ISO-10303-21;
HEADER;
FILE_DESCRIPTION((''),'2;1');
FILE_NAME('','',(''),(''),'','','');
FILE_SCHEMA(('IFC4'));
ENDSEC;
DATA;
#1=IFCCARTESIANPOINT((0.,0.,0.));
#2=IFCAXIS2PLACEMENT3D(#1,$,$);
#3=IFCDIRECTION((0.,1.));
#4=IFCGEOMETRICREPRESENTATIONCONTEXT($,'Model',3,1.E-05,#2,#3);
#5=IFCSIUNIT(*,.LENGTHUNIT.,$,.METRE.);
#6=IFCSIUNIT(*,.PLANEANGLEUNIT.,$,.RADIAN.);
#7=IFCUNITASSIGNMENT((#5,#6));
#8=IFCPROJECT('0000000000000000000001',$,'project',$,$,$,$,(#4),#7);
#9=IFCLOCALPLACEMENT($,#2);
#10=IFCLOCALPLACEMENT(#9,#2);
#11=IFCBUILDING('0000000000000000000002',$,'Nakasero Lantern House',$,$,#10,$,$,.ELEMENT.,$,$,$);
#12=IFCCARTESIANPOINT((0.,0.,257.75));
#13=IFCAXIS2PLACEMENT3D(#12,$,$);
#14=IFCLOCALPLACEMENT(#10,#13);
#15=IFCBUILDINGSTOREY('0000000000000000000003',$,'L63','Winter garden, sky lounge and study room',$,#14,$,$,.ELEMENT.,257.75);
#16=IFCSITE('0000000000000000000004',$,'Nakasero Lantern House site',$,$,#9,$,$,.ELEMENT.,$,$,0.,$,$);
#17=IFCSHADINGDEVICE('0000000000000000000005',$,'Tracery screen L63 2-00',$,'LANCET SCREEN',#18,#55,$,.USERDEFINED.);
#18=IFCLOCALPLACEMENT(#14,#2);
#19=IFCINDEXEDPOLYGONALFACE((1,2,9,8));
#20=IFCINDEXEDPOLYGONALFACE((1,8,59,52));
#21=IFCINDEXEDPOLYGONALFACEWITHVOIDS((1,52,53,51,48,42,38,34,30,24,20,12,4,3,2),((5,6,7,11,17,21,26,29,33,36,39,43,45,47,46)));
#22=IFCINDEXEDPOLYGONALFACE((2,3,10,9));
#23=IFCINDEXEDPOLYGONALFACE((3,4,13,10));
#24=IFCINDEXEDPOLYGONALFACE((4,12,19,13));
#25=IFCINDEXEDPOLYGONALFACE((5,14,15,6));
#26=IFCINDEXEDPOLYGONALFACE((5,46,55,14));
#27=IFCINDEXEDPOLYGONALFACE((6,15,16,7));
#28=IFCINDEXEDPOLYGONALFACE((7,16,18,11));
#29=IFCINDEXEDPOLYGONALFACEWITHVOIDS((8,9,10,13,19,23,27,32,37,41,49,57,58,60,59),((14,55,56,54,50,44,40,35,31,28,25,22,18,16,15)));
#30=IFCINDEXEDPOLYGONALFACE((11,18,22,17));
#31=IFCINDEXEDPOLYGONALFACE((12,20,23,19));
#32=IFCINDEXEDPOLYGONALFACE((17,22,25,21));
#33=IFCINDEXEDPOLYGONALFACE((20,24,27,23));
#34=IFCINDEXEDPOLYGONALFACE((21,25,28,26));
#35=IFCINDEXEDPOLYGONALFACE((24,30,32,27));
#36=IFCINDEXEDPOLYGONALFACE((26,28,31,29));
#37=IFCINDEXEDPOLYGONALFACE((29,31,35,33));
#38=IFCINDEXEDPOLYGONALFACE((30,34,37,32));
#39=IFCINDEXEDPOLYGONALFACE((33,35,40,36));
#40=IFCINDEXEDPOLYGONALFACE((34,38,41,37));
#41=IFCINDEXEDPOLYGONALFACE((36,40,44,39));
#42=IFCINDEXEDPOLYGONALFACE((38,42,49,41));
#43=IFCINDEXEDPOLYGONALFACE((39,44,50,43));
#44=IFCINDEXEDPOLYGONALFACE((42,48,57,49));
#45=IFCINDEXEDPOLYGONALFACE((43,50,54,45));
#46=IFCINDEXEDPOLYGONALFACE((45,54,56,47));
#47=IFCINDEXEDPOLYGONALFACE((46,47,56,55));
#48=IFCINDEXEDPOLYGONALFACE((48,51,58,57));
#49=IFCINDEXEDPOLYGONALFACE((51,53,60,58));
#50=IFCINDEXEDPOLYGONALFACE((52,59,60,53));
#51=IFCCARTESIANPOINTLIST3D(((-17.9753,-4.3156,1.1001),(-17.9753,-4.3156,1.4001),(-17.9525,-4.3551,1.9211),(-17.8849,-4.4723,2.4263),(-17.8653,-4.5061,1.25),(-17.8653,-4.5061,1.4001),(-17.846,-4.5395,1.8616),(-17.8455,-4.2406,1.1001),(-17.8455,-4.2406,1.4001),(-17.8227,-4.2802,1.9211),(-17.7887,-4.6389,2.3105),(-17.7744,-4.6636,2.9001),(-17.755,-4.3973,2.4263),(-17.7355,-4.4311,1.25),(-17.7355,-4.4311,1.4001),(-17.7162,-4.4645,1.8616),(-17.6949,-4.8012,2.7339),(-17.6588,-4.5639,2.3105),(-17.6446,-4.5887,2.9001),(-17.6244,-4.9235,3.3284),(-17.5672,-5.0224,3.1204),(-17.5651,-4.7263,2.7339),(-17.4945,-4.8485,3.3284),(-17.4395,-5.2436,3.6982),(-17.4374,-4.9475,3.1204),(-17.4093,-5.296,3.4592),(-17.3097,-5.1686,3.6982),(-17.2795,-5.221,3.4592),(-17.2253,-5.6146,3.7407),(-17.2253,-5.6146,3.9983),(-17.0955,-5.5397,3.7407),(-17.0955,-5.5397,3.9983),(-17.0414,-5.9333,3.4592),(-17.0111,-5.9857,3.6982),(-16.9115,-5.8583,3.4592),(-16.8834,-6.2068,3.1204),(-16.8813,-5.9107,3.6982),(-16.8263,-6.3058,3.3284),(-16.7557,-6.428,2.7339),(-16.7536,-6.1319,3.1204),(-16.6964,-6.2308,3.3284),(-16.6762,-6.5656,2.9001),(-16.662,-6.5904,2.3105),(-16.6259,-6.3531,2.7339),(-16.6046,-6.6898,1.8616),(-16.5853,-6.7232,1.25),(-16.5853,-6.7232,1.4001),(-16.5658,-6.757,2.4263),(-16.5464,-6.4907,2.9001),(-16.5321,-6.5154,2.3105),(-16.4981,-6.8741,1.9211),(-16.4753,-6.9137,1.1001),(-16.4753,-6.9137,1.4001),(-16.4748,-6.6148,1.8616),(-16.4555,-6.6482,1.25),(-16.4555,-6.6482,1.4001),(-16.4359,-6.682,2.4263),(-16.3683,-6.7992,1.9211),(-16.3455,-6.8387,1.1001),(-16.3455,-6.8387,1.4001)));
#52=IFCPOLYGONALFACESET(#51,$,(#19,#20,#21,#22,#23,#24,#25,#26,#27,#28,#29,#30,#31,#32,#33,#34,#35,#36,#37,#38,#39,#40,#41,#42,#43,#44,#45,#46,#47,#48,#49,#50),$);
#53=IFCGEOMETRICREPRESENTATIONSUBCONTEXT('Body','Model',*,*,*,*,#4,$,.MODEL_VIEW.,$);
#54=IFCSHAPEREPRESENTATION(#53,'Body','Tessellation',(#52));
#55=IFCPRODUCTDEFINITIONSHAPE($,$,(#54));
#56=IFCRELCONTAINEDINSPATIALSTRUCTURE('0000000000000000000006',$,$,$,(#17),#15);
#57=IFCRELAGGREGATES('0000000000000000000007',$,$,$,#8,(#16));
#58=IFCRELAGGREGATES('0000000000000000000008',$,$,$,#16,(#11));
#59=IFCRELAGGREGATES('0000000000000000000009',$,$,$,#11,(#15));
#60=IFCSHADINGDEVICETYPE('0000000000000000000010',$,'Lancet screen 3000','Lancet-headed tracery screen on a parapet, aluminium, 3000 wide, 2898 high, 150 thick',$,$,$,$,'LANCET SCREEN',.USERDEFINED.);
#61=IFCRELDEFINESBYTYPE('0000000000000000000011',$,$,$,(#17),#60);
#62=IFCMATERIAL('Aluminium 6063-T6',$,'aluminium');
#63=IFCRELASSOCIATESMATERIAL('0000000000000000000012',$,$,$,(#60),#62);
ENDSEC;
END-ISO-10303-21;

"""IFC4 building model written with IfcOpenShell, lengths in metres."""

from ifc_helpers import new_model, si_unit, direction, frame, origin, place, context, subcontext, project, spatial, polyline, outline, extrude, material, type_object, element, save


model = new_model("IFC4")

# Units and contexts
model_context = context("Model", 3, precision=1e-05, world=origin(), true_north=direction((0.0, 1.0)))
body_context = subcontext(model_context, "Body", "Model", "MODEL_VIEW")
ifc_project = project(units=[si_unit("LENGTHUNIT", "METRE"), si_unit("PLANEANGLEUNIT", "RADIAN")], contexts=[model_context])

# Site, building, storey
site_placement = place(None, origin())
site = spatial("IfcSite", under=ifc_project, at=site_placement, Name="Nakasero Lantern House site", CompositionType="ELEMENT", RefElevation=0.0)
building_placement = place(site_placement, origin())
building = spatial("IfcBuilding", under=site, at=building_placement, Name="Nakasero Lantern House", CompositionType="ELEMENT")
storey_placement = place(building_placement, frame((0.0, 0.0, 257.75)))
storey = spatial("IfcBuildingStorey", under=building, at=storey_placement, Name="L63", Description="Winter garden, sky lounge and study room", CompositionType="ELEMENT", Elevation=257.75)

# Shading device
ifc_material_1 = material(Name="Aluminium 6063-T6", Category="aluminium")
shading_device_type = type_object("IfcShadingDeviceType", Name="Lancet screen 3000", Description="Lancet-headed tracery screen on a parapet, aluminium, 3000 wide, 2898 high, 150 thick", ElementType="LANCET SCREEN", PredefinedType="USERDEFINED", material=ifc_material_1)
shading_device_placement = place(storey_placement, frame((-17.1604, -5.5771, 1.1001), z_axis=(0.0, 0.0, 1.0), x_axis=(0.5, -0.866025, 0.0)))
element("IfcShadingDevice", 1, at=shading_device_placement, inside=storey, type_object=shading_device_type, Name="Tracery screen L63 2-00", ObjectType="LANCET SCREEN", PredefinedType="USERDEFINED", context=body_context, shape_type="SweptSolid", body=[
    extrude(outline(polyline([(-1.5, 0.0), (1.5, 0.0), (1.5, 0.3), (1.4543, 0.821), (1.3191, 1.3262), (1.0981, 1.8), (0.7981, 2.2283), (0.4285, 2.5981), (0.0, 2.8982), (-0.4285, 2.5981), (-0.7981, 2.2283), (-1.0981, 1.8), (-1.3191, 1.3262), (-1.4543, 0.821), (-1.5, 0.3), (-1.5, 0.0)]), holes=[polyline([(-1.28, 0.1499), (1.28, 0.1499), (1.28, 0.3), (1.2415, 0.7615), (1.1267, 1.2104), (0.9392, 1.6338), (0.6838, 2.0203), (0.3679, 2.3591), (0.0, 2.6406), (-0.3679, 2.3591), (-0.6838, 2.0203), (-0.9392, 1.6338), (-1.1267, 1.2104), (-1.2415, 0.7615), (-1.28, 0.3), (-1.28, 0.1499)])]), frame((0.0, 0.075, 0.0), z_axis=(0.0, -1.0, 0.0), x_axis=(1.0, 0.0, 0.0)), (0.0, 0.0, 1.0), 0.1499),
])

save(model, "model.ifc")
